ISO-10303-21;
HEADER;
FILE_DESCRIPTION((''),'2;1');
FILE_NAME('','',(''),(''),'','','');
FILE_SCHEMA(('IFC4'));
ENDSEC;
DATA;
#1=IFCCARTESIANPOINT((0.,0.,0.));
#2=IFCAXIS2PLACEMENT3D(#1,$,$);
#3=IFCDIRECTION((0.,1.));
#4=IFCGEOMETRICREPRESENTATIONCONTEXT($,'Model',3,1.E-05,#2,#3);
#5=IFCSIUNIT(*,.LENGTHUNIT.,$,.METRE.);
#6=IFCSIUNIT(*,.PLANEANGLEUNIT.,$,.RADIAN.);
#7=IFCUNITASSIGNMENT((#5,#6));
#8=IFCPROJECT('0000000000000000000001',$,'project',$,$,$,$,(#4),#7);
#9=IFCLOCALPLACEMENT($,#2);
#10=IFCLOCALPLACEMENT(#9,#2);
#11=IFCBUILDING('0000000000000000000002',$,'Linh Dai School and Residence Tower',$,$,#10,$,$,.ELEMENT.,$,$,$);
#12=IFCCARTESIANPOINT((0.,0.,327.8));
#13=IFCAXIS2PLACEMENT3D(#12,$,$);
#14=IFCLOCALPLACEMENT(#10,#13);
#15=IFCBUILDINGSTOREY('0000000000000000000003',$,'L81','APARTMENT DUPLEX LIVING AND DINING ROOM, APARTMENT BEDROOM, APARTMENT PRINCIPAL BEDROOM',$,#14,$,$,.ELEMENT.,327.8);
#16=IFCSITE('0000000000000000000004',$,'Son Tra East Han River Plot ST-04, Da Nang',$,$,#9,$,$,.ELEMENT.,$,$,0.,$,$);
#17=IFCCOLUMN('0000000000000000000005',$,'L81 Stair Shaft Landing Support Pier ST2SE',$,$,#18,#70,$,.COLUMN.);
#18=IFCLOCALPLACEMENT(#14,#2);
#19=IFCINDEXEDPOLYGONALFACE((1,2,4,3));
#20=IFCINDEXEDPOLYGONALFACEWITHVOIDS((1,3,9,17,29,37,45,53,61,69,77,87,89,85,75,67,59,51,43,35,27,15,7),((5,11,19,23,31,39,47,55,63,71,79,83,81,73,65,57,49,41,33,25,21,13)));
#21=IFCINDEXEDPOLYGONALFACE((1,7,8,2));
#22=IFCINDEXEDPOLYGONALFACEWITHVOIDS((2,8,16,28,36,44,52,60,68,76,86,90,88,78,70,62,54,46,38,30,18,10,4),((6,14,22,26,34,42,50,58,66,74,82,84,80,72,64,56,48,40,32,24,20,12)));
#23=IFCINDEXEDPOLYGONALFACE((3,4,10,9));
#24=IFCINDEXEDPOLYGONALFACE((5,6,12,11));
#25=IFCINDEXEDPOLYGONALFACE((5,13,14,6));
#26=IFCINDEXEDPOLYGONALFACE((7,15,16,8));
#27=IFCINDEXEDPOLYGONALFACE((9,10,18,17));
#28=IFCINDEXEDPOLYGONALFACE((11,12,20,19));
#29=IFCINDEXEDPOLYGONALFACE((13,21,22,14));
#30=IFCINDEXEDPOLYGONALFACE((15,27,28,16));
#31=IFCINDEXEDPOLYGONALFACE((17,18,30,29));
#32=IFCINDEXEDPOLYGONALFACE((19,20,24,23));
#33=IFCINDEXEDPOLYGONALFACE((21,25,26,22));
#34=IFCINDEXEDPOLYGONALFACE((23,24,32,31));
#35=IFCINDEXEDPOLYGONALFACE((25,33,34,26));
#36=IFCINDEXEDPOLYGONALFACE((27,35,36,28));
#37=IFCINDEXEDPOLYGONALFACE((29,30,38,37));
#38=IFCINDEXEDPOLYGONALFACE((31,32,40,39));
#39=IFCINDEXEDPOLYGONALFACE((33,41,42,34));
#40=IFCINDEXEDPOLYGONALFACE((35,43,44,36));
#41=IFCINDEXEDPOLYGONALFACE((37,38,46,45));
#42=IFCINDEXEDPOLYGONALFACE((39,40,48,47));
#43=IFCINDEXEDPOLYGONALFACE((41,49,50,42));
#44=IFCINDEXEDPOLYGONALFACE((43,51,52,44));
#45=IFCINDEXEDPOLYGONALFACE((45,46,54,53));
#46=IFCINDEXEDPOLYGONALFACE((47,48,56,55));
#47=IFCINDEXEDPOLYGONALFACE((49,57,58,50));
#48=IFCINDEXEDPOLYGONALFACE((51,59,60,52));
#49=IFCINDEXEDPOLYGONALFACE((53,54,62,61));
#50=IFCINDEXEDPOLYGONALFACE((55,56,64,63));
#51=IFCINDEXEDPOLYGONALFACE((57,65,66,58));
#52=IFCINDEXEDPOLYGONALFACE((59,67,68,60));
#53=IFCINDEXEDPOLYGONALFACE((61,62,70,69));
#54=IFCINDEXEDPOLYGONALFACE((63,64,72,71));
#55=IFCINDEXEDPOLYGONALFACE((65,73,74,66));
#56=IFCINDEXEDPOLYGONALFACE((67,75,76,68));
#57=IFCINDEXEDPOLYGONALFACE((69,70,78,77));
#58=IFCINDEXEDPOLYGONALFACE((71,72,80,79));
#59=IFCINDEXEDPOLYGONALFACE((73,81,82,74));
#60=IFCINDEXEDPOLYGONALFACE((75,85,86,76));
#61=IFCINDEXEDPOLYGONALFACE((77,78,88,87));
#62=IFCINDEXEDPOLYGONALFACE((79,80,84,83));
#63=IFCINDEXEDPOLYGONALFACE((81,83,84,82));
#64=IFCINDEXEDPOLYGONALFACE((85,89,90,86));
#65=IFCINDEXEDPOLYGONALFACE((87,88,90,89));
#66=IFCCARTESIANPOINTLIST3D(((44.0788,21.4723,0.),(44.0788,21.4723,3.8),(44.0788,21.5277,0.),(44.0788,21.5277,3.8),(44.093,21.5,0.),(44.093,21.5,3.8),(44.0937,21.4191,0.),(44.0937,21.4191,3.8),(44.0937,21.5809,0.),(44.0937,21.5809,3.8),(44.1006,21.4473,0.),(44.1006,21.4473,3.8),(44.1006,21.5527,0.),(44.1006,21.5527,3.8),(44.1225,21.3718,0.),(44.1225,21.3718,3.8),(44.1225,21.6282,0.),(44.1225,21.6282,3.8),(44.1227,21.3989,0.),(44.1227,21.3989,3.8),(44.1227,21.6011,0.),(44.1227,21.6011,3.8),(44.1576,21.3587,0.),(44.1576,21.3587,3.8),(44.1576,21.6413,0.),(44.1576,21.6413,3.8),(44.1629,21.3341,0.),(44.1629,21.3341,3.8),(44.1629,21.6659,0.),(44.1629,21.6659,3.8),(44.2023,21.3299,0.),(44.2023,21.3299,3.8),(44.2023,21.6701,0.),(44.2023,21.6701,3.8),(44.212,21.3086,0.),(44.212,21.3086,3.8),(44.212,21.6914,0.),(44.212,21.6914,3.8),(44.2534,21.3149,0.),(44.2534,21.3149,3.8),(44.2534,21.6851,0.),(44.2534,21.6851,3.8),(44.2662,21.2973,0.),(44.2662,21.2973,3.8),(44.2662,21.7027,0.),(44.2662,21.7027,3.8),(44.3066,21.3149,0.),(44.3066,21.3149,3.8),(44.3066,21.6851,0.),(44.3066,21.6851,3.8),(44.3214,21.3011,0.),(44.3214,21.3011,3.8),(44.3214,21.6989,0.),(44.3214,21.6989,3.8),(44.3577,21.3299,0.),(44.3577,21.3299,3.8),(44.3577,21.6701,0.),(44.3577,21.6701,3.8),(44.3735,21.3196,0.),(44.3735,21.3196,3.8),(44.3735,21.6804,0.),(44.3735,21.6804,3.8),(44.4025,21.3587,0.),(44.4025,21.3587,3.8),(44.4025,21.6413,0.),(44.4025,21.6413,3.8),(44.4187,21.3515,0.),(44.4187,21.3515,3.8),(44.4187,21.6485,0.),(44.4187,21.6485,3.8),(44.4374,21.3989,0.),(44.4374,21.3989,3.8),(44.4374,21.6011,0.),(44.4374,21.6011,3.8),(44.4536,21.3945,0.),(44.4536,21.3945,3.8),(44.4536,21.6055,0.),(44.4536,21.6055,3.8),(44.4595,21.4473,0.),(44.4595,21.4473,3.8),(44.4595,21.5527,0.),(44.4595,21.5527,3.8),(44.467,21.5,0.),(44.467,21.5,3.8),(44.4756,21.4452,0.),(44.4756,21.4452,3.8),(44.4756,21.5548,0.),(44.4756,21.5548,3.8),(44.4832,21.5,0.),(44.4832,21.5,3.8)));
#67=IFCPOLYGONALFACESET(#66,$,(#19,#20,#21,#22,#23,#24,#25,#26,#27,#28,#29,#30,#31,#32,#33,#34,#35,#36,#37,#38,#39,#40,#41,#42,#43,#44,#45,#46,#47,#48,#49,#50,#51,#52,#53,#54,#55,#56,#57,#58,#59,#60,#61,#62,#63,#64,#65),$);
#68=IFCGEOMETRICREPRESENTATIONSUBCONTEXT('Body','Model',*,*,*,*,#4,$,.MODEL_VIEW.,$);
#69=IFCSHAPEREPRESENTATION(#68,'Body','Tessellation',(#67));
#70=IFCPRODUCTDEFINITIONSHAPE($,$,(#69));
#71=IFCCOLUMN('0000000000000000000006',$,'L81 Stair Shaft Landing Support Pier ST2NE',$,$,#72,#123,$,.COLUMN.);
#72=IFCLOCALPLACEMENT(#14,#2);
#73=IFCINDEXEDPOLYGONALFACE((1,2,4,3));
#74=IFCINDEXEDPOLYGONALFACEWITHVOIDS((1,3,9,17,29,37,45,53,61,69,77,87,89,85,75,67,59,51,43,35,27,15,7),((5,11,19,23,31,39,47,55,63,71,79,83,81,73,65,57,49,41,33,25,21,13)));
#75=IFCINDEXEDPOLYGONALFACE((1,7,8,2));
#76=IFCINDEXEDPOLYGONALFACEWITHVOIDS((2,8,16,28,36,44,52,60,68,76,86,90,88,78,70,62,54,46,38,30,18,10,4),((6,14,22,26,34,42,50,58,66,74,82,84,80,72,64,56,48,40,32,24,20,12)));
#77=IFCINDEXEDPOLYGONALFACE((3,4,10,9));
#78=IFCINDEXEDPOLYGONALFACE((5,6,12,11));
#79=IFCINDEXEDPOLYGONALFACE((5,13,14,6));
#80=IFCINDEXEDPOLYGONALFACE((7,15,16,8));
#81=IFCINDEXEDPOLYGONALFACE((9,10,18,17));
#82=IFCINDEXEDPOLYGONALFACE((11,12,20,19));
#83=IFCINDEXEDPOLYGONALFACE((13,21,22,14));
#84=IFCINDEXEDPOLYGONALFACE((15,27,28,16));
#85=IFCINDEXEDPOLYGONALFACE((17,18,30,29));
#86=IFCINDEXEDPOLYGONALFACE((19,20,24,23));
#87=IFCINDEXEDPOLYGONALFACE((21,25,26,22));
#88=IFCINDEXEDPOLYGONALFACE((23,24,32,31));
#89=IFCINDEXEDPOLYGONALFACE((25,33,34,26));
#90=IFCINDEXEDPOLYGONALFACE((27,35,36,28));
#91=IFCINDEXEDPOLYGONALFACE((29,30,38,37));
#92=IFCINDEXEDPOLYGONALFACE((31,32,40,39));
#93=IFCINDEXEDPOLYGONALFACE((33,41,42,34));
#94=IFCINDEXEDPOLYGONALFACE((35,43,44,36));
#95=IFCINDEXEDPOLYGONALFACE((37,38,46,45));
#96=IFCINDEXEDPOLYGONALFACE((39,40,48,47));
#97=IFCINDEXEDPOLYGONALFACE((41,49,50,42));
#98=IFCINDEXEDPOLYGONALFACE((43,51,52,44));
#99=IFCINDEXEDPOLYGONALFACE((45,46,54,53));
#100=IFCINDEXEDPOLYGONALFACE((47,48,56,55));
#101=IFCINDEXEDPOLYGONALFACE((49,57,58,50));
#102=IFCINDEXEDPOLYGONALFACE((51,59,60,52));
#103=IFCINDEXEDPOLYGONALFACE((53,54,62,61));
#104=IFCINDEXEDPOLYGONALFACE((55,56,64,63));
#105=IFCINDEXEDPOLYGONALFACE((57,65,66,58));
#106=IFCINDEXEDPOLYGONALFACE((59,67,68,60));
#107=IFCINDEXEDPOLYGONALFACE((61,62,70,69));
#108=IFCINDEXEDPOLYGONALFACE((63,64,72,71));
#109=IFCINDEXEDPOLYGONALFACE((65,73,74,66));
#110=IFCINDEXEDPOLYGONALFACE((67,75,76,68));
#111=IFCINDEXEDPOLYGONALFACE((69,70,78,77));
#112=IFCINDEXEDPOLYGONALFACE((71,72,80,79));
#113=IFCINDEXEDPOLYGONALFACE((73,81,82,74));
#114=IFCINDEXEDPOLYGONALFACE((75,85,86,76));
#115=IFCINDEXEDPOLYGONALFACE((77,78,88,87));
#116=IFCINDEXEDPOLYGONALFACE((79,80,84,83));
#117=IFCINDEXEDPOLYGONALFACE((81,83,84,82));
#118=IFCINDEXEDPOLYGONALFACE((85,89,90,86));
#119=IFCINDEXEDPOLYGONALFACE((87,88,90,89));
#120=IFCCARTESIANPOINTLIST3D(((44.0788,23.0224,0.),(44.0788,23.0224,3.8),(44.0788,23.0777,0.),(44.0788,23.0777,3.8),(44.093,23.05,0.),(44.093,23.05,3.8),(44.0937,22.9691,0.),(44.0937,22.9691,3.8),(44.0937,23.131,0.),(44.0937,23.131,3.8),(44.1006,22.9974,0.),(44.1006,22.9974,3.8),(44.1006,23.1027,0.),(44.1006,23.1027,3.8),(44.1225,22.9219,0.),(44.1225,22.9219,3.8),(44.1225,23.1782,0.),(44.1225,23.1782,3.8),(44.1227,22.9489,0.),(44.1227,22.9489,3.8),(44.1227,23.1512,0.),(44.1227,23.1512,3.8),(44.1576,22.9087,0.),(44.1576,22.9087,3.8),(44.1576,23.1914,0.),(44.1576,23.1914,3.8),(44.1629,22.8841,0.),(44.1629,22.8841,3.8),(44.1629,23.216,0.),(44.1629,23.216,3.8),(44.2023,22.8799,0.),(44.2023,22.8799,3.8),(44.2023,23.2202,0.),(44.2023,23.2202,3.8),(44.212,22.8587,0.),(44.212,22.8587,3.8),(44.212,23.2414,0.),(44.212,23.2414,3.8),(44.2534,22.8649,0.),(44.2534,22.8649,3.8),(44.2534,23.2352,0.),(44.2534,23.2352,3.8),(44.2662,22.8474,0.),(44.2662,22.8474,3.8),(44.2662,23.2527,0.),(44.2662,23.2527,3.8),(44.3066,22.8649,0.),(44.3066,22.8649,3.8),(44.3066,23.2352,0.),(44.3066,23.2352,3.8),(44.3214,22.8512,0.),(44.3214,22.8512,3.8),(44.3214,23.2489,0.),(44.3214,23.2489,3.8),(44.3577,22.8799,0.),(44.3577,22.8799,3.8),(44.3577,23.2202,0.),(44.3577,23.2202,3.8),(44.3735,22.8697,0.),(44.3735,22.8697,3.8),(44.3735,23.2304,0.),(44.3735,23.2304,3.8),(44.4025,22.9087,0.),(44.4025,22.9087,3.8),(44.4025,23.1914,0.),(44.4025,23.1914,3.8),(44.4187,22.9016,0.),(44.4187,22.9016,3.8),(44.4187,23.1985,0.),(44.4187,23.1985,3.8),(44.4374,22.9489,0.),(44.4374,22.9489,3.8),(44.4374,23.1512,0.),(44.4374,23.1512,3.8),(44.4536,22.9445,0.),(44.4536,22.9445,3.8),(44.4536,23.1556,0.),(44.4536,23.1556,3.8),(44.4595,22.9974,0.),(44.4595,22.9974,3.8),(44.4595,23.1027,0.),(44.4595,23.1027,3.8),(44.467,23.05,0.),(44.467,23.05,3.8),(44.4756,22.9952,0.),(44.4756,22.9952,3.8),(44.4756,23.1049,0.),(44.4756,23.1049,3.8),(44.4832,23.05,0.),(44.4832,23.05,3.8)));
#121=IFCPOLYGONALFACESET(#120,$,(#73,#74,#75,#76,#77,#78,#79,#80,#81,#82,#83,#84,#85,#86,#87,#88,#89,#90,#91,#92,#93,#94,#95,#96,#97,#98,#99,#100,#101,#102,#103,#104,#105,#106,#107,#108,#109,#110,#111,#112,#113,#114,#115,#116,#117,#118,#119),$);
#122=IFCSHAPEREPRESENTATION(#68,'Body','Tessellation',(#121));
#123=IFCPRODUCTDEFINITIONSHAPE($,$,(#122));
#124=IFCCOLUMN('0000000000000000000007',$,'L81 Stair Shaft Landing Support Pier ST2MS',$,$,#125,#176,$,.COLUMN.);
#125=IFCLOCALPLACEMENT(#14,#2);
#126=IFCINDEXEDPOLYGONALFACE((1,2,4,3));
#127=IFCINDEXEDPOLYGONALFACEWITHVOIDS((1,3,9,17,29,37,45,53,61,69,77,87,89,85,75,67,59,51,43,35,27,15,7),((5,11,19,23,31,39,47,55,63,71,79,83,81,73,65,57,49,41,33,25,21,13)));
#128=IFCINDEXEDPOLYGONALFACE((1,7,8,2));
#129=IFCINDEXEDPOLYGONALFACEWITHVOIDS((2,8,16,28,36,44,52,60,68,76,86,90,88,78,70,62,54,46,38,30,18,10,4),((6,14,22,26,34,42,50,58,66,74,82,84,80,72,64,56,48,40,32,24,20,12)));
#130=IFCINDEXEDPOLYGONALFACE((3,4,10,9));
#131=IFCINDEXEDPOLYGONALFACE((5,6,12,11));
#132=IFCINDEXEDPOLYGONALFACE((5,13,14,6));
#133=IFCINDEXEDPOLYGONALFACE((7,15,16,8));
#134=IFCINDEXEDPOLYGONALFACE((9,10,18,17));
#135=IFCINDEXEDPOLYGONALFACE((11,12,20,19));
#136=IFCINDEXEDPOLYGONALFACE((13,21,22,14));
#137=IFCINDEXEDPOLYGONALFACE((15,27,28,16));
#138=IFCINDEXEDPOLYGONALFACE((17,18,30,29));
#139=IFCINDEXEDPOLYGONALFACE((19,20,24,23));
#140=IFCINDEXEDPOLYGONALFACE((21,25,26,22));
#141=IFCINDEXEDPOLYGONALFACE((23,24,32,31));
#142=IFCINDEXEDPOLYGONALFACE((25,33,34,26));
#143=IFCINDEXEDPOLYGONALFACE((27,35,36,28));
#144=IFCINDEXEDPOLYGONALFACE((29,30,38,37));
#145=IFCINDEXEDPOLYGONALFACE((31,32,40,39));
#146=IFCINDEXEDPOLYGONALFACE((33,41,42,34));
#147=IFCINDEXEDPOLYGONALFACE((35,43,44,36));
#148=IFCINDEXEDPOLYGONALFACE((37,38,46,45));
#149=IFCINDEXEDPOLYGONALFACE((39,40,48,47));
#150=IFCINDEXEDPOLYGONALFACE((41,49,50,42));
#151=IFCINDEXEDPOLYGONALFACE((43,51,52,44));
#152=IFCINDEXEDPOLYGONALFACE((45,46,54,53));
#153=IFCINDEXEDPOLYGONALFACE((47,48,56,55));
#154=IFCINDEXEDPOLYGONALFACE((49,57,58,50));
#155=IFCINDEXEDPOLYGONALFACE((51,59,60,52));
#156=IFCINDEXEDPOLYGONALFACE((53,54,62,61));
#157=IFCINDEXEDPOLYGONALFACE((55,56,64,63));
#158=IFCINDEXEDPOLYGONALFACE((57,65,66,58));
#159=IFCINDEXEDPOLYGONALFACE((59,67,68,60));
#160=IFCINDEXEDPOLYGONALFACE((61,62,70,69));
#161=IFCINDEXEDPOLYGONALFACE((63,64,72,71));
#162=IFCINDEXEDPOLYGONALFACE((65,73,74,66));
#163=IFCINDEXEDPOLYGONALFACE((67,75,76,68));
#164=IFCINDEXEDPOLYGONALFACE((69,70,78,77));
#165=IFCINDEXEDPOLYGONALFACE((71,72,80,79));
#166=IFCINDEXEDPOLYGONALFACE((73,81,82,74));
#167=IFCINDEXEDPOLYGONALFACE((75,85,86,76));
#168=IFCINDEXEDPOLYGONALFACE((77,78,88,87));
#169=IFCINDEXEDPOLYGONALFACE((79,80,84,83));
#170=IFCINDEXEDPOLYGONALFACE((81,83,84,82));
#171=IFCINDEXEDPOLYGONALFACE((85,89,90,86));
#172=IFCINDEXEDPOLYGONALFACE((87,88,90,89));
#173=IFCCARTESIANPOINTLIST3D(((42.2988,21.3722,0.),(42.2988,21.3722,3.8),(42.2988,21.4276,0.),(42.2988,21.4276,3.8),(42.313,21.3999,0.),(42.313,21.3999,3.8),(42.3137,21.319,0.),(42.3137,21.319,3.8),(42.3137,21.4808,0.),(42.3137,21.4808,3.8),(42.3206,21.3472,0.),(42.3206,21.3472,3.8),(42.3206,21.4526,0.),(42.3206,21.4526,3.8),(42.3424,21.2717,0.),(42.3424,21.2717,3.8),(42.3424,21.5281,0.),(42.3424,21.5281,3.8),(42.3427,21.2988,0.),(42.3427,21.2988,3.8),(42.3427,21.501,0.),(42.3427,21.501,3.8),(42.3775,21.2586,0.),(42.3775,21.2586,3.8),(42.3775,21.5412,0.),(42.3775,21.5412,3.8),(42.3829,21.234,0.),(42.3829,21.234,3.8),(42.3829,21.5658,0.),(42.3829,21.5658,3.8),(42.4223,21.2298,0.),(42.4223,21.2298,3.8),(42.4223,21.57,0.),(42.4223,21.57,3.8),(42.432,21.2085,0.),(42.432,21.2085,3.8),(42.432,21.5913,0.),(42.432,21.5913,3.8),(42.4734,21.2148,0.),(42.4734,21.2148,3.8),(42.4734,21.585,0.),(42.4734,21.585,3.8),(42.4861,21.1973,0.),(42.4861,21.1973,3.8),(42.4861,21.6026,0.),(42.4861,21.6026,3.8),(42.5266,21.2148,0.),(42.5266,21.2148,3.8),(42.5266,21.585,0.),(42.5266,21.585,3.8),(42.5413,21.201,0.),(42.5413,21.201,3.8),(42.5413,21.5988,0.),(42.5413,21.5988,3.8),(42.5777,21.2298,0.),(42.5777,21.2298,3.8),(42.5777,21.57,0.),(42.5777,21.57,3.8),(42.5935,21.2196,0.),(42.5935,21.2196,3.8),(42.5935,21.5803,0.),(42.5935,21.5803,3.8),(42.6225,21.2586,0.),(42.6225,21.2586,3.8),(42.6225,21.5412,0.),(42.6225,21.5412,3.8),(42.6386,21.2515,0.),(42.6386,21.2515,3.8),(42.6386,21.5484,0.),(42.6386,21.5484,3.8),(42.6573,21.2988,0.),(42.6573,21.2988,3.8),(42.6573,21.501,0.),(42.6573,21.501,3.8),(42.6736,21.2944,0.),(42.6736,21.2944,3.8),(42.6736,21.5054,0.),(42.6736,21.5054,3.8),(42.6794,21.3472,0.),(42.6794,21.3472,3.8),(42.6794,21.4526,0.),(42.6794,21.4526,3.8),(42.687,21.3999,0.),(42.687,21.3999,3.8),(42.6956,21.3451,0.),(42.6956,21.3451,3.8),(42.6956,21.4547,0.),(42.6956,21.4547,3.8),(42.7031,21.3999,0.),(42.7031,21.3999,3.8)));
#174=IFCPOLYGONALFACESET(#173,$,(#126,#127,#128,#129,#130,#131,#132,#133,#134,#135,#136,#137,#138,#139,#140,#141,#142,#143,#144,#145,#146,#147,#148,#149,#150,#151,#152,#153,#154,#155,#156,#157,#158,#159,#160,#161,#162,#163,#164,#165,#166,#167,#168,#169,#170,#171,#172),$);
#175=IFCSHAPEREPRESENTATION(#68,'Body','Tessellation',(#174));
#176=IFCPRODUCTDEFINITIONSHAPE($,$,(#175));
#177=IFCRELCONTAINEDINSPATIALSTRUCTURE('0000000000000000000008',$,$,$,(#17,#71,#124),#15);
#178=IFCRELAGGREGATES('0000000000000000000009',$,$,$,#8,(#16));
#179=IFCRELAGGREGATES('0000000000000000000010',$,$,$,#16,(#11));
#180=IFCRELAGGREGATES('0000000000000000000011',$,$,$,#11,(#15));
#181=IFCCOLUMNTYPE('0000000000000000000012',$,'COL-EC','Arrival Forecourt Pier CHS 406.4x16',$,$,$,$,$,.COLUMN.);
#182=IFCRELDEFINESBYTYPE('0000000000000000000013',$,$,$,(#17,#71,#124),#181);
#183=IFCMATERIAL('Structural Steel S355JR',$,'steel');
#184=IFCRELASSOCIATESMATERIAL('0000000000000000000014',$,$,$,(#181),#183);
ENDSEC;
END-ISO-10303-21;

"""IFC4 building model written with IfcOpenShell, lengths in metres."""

from ifc_helpers import new_model, si_unit, direction, frame, origin, origin_2d, place, context, subcontext, project, spatial, hollow_circle, extrude, material, material_profile, profile_set, type_object, element, save


model = new_model("IFC4")

# Units and contexts
model_context = context("Model", 3, precision=1e-05, world=origin(), true_north=direction((0.0, 1.0)))
body_context = subcontext(model_context, "Body", "Model", "MODEL_VIEW")
ifc_project = project(units=[si_unit("LENGTHUNIT", "METRE"), si_unit("PLANEANGLEUNIT", "RADIAN")], contexts=[model_context])

# Site, building, storey
site_placement = place(None, origin())
site = spatial("IfcSite", under=ifc_project, at=site_placement, Name="Son Tra East Han River Plot ST-04, Da Nang", CompositionType="ELEMENT", RefElevation=0.0)
building_placement = place(site_placement, origin())
building = spatial("IfcBuilding", under=site, at=building_placement, Name="Linh Dai School and Residence Tower", CompositionType="ELEMENT")
storey_placement = place(building_placement, frame((0.0, 0.0, 327.8)))
storey = spatial("IfcBuildingStorey", under=building, at=storey_placement, Name="L81", Description="APARTMENT DUPLEX LIVING AND DINING ROOM, APARTMENT BEDROOM, APARTMENT PRINCIPAL BEDROOM", CompositionType="ELEMENT", Elevation=327.8)

# Columns
ifc_material_1 = material(Name="Structural Steel S355JR", Category="steel")
ifc_material_profile_1 = material_profile(ifc_material_1, hollow_circle(Radius=0.2031, WallThickness=0.0161, at=origin_2d()), Name="CHS 406.4x16")
ifc_profile_set_1 = profile_set([ifc_material_profile_1], Name="Structural Steel S355JR")
column_type_1 = type_object("IfcColumnType", Name="COL-EC", Description="Arrival Forecourt Pier CHS 406.4x16", PredefinedType="COLUMN", material=ifc_profile_set_1)
for number, where, z_axis, x_axis, name in (
    (1, (44.28, 21.5, 0.0), (0.0, 0.0, 1.0), (1.0, 0.0, 0.0), "L81 Stair Shaft Landing Support Pier ST2SE"),
    (2, (44.28, 23.05, 0.0), (0.0, 0.0, 1.0), (1.0, 0.0, 0.0), "L81 Stair Shaft Landing Support Pier ST2NE"),
    (3, (42.5, 21.3999, 0.0), (0.0, 0.0, 1.0), (1.0, 0.0, 0.0), "L81 Stair Shaft Landing Support Pier ST2MS"),
):
    element("IfcColumn", number, at=place(storey_placement, frame(where, z_axis=z_axis, x_axis=x_axis)), inside=storey, type_object=column_type_1, Name=name, PredefinedType="COLUMN", context=body_context, shape_type="SweptSolid", body=[
        extrude(hollow_circle(Radius=0.2031, WallThickness=0.0161, at=origin_2d()), origin(), (0.0, 0.0, 1.0), 3.8),
    ])

save(model, "model.ifc")
